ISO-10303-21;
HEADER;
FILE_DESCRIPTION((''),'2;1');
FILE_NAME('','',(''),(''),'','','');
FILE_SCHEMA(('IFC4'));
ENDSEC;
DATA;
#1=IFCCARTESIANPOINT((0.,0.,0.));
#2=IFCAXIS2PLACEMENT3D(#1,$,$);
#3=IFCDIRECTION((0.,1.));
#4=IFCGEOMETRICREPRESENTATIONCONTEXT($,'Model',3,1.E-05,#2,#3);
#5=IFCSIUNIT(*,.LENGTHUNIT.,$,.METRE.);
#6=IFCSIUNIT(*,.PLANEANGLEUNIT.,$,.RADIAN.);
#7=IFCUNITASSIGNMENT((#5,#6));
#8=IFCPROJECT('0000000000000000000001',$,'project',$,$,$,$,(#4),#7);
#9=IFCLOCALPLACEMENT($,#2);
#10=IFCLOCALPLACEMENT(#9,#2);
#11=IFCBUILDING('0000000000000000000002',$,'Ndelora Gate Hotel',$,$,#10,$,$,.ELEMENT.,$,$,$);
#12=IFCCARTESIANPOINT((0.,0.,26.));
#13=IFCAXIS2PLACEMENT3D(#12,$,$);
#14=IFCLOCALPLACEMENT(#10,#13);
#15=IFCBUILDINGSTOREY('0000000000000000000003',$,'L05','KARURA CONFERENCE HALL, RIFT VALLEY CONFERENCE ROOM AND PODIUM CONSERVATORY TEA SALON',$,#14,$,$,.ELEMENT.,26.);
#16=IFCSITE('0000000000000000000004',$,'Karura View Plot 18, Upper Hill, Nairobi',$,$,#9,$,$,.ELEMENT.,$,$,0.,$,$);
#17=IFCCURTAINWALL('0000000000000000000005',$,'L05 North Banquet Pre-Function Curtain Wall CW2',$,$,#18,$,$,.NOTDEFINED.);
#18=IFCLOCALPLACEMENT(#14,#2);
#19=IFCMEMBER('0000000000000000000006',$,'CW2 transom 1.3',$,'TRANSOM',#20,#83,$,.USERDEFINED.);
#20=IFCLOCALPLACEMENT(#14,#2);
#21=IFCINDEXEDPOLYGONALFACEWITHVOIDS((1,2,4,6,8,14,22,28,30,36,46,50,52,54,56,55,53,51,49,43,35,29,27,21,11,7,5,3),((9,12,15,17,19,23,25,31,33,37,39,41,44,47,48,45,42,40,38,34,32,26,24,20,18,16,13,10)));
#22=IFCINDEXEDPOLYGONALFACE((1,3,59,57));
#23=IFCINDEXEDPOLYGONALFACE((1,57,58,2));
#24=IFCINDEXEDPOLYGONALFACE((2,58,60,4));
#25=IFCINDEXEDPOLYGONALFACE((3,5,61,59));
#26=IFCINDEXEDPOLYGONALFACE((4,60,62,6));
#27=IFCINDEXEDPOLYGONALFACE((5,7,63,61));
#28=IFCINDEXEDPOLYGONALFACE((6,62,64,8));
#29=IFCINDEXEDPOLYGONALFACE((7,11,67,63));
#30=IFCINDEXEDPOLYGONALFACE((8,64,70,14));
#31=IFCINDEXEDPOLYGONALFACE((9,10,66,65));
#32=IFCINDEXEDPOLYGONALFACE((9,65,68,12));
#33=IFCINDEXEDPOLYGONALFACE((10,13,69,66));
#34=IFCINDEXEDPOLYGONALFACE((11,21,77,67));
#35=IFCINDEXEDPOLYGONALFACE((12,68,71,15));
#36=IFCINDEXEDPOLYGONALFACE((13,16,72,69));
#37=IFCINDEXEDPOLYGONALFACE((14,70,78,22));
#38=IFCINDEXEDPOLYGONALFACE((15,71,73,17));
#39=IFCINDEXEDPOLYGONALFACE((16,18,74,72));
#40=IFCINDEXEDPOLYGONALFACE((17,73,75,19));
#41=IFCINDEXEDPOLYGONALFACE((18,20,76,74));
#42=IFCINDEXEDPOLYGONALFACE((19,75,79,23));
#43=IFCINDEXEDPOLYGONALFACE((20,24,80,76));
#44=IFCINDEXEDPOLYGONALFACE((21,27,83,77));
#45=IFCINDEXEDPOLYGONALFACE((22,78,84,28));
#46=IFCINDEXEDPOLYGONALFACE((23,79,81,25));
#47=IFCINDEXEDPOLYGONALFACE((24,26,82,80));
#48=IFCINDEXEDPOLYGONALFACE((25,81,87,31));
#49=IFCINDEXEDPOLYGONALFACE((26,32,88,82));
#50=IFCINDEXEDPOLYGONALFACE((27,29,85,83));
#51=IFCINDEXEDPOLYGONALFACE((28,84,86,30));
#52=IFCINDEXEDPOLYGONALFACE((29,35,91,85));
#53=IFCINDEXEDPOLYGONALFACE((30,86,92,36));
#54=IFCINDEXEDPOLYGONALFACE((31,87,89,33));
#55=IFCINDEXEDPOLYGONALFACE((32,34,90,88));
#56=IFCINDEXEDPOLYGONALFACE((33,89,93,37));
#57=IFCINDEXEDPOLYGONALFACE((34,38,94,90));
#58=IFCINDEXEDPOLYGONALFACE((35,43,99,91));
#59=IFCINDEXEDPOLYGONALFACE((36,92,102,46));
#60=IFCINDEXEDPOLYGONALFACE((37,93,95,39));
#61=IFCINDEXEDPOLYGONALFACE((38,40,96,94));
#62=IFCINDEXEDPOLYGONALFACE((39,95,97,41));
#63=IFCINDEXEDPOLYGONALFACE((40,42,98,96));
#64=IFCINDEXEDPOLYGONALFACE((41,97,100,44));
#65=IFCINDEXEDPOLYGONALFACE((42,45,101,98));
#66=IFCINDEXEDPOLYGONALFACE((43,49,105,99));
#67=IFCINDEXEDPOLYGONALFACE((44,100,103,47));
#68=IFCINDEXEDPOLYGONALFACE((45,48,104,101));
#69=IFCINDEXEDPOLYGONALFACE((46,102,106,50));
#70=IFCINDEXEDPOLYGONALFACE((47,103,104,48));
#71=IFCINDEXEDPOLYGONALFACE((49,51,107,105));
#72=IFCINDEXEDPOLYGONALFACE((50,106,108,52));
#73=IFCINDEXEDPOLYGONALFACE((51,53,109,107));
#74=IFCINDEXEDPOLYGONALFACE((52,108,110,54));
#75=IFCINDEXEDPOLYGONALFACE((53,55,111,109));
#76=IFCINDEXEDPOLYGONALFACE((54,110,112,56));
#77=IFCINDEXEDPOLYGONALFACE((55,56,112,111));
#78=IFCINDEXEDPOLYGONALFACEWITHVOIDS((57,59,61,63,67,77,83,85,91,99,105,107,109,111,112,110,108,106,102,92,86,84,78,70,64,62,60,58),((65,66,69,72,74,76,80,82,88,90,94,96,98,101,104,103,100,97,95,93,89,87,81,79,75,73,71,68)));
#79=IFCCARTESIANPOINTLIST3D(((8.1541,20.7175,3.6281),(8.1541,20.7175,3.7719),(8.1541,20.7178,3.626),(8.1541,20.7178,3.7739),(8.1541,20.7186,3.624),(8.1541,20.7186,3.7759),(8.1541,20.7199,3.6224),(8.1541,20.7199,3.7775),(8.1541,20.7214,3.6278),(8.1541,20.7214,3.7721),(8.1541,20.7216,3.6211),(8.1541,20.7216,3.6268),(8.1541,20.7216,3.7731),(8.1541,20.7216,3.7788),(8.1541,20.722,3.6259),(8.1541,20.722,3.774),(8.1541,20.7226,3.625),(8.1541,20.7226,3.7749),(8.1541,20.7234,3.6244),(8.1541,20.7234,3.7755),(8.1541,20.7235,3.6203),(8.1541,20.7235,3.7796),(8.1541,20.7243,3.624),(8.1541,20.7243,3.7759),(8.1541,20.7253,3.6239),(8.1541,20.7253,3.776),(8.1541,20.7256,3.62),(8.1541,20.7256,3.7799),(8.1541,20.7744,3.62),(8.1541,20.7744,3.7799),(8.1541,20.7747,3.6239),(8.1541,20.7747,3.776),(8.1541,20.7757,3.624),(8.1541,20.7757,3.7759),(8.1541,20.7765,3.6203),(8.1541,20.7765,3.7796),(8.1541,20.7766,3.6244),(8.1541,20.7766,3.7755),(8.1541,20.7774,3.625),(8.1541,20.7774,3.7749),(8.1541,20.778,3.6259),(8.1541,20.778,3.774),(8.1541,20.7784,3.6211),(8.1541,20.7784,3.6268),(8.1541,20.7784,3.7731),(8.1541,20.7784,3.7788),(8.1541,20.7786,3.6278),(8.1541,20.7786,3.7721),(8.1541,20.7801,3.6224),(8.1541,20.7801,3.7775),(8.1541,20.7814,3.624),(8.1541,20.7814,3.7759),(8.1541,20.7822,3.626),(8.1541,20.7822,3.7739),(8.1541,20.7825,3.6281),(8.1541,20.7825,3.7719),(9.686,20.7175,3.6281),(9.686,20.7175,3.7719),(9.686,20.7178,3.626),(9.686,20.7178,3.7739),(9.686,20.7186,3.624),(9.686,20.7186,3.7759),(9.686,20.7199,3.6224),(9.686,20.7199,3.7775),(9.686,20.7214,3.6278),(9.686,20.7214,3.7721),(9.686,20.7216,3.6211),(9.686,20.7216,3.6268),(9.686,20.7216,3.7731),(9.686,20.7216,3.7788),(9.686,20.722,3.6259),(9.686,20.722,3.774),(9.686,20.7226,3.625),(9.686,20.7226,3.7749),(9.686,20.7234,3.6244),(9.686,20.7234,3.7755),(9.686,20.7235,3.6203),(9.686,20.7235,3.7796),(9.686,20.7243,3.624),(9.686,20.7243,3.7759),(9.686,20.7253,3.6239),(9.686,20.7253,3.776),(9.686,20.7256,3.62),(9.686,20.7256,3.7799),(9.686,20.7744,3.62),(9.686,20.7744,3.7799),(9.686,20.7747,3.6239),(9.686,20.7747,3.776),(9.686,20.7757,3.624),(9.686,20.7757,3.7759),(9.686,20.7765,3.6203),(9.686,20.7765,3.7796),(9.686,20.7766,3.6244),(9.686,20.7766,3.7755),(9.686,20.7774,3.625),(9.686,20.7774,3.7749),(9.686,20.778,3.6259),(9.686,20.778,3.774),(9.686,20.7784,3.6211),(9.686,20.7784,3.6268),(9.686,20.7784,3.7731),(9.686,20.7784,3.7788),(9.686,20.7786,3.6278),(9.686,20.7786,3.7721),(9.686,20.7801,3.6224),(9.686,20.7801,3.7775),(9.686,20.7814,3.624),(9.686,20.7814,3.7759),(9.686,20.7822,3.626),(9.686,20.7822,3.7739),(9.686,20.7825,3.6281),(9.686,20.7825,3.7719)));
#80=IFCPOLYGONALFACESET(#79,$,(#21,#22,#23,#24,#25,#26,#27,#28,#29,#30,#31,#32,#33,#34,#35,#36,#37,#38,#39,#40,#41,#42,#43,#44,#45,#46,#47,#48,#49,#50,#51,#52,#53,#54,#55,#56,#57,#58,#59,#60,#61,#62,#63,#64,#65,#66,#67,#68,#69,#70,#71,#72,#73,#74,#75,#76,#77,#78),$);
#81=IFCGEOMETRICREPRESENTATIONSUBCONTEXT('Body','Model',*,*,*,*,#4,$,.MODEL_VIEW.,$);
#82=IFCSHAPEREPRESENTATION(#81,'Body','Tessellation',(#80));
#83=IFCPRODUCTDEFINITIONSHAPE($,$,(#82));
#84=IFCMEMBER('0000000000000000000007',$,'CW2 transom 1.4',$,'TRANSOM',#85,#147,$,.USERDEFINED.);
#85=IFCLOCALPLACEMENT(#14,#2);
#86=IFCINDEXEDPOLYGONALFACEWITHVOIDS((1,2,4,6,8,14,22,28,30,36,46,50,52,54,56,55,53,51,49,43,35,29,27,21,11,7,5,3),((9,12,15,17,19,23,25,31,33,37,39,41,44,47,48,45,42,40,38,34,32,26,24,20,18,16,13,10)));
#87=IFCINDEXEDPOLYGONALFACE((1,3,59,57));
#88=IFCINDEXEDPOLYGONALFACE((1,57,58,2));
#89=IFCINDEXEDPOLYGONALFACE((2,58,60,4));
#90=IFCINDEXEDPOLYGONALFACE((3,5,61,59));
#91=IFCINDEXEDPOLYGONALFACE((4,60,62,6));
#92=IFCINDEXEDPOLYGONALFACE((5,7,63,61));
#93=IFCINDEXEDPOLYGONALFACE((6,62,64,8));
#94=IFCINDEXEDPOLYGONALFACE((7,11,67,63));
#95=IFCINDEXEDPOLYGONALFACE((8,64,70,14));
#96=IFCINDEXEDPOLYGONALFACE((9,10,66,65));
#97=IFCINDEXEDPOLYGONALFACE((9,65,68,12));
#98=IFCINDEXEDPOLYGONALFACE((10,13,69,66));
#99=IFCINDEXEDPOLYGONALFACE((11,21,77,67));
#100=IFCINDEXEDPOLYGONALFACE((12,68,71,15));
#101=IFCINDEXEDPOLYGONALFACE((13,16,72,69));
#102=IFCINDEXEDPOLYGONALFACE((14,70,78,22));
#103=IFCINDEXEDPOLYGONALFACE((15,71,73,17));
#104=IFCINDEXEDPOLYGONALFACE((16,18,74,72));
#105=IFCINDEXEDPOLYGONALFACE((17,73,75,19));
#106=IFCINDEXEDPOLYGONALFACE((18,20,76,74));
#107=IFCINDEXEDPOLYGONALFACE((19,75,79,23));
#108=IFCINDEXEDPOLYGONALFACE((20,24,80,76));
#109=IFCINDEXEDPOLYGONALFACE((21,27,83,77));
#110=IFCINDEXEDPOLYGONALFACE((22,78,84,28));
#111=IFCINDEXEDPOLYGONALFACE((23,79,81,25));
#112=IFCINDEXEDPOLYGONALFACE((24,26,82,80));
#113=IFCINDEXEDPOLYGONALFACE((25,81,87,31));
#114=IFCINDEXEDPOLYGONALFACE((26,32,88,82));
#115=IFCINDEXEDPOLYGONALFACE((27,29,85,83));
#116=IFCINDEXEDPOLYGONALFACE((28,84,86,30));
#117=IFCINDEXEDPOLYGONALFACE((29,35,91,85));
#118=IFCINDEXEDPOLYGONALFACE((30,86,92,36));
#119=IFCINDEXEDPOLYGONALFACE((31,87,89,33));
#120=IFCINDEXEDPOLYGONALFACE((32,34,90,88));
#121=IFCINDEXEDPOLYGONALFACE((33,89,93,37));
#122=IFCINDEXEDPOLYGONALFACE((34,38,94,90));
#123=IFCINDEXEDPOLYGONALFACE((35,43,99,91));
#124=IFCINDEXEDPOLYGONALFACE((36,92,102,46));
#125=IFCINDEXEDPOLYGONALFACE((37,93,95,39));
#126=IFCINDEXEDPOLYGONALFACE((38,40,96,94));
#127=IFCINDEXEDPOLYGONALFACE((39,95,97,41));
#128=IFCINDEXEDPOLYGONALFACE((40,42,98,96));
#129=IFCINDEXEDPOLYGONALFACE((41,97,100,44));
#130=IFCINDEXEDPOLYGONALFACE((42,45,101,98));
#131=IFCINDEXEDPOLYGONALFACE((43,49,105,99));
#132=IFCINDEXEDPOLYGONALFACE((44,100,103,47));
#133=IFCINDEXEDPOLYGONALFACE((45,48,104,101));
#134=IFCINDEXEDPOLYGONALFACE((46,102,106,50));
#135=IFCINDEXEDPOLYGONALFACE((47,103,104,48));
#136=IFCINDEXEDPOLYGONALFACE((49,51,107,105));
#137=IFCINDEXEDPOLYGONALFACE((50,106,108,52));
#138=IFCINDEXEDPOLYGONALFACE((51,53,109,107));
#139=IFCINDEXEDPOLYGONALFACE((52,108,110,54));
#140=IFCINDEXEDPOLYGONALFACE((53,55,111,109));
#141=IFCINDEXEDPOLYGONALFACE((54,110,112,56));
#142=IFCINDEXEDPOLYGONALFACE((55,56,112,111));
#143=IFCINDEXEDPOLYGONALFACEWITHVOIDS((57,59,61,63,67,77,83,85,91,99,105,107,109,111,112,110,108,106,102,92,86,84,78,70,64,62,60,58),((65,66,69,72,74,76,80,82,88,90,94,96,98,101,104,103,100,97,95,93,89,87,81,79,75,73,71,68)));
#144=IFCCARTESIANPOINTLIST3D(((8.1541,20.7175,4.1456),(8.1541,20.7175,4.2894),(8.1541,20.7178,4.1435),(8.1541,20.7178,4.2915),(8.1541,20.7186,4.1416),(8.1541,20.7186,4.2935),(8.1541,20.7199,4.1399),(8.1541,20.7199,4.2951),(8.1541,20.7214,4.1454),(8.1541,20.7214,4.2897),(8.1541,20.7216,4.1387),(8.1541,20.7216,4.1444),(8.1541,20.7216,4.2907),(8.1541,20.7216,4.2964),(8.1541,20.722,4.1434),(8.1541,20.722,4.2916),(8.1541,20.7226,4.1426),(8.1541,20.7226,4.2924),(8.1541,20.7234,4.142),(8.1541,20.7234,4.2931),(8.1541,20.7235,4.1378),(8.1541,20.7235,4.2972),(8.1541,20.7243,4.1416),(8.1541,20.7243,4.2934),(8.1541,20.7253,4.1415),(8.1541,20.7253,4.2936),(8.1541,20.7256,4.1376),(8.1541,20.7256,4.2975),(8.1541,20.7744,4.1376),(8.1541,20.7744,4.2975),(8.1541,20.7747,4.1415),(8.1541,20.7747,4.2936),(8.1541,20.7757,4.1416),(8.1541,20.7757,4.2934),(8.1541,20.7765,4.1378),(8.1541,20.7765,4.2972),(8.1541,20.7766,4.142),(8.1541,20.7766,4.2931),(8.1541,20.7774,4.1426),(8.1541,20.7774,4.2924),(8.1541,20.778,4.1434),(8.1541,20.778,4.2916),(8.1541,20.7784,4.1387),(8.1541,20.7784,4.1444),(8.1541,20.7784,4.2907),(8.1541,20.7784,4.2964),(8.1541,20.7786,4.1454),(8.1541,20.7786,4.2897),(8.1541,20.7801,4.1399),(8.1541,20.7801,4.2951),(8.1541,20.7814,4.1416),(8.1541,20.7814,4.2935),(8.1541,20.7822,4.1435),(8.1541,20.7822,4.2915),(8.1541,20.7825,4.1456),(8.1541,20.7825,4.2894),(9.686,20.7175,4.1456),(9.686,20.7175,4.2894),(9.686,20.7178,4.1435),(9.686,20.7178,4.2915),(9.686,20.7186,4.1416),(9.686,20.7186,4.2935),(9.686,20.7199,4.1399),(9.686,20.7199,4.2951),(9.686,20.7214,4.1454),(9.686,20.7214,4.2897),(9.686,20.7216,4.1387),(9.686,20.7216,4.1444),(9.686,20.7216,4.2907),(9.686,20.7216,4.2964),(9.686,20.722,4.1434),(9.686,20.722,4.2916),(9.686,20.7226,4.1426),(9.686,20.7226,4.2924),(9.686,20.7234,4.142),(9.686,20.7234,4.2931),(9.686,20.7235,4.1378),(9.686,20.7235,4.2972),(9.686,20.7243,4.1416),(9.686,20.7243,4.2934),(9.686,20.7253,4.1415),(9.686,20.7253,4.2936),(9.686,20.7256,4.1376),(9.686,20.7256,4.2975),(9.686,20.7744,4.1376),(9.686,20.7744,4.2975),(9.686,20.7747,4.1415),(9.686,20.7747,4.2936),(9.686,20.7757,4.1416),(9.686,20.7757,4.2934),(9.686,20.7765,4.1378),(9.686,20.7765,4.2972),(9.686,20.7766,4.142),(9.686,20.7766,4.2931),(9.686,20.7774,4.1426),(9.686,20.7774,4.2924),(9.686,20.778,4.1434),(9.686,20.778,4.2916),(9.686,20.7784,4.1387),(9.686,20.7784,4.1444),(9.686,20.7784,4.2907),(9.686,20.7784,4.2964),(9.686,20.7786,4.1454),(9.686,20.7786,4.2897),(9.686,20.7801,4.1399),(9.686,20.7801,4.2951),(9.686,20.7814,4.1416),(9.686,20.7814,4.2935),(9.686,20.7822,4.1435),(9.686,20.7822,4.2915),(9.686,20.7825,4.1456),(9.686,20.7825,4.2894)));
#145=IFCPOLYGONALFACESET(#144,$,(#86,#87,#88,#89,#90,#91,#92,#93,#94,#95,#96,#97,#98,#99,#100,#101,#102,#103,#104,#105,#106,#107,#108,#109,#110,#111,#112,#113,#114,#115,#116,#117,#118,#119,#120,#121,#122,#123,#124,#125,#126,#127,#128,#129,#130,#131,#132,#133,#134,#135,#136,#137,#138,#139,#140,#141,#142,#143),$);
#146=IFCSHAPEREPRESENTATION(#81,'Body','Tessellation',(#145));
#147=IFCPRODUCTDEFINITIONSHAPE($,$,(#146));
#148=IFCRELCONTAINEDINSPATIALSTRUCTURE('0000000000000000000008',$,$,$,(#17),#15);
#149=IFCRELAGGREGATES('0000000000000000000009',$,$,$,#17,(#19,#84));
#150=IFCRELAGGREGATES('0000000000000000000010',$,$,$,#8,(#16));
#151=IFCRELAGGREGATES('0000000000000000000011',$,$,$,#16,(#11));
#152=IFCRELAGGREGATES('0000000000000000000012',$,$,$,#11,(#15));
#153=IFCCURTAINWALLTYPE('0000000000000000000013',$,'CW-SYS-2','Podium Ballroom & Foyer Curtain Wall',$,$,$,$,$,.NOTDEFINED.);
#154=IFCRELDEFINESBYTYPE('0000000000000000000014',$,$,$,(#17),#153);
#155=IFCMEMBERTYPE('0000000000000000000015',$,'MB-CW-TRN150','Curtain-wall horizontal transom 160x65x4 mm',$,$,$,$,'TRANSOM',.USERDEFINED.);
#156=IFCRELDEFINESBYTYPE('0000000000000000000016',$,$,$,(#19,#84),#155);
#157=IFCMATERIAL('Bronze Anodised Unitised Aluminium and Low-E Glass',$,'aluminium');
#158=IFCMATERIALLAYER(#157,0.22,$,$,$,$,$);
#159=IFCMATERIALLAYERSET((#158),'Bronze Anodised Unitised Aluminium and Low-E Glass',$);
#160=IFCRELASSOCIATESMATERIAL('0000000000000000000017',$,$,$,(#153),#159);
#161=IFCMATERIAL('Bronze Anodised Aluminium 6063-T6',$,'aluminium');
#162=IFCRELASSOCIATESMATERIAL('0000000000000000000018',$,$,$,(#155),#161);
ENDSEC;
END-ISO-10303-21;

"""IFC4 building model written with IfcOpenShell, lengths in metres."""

from ifc_helpers import new_model, si_unit, direction, frame, origin, origin_2d, place, context, subcontext, project, spatial, hollow_rectangle, extrude, material, layer, layer_set, material_profile, profile_set, type_object, element, aggregate, save


model = new_model("IFC4")

# Units and contexts
model_context = context("Model", 3, precision=1e-05, world=origin(), true_north=direction((0.0, 1.0)))
body_context = subcontext(model_context, "Body", "Model", "MODEL_VIEW")
ifc_project = project(units=[si_unit("LENGTHUNIT", "METRE"), si_unit("PLANEANGLEUNIT", "RADIAN")], contexts=[model_context])

# Site, building, storey
site_placement = place(None, origin())
site = spatial("IfcSite", under=ifc_project, at=site_placement, Name="Karura View Plot 18, Upper Hill, Nairobi", CompositionType="ELEMENT", RefElevation=0.0)
building_placement = place(site_placement, origin())
building = spatial("IfcBuilding", under=site, at=building_placement, Name="Ndelora Gate Hotel", CompositionType="ELEMENT")
storey_placement = place(building_placement, frame((0.0, 0.0, 26.0)))
storey = spatial("IfcBuildingStorey", under=building, at=storey_placement, Name="L05", Description="KARURA CONFERENCE HALL, RIFT VALLEY CONFERENCE ROOM AND PODIUM CONSERVATORY TEA SALON", CompositionType="ELEMENT", Elevation=26.0)

# Curtain wall, members
ifc_material_1 = material(Name="Bronze Anodised Unitised Aluminium and Low-E Glass", Category="aluminium")
ifc_layer_1 = layer(ifc_material_1, 0.22)
ifc_layer_set_1 = layer_set([ifc_layer_1], Name="Bronze Anodised Unitised Aluminium and Low-E Glass")
curtain_wall_type = type_object("IfcCurtainWallType", Name="CW-SYS-2", Description="Podium Ballroom & Foyer Curtain Wall", PredefinedType="NOTDEFINED", material=ifc_layer_set_1)
curtain_wall_placement = place(storey_placement, origin())
curtain_wall = element("IfcCurtainWall", 1, at=curtain_wall_placement, inside=storey, type_object=curtain_wall_type, Name="L05 North Banquet Pre-Function Curtain Wall CW2", PredefinedType="NOTDEFINED")
ifc_material_2 = material(Name="Bronze Anodised Aluminium 6063-T6", Category="aluminium")
ifc_material_profile_1 = material_profile(ifc_material_2, hollow_rectangle(XDim=0.0649, YDim=0.1599, WallThickness=0.0039, InnerFilletRadius=0.0039, OuterFilletRadius=0.0081, at=origin_2d()), Name="ALU 160x65x4")
ifc_profile_set_1 = profile_set([ifc_material_profile_1], Name="Bronze Anodised Aluminium 6063-T6")
member_type_1 = type_object("IfcMemberType", Name="MB-CW-TRN150", Description="Curtain-wall horizontal transom 160x65x4 mm", ElementType="TRANSOM", PredefinedType="USERDEFINED", material=ifc_profile_set_1)
member_1_placement = place(storey_placement, frame((9.686, 20.75, 3.7), z_axis=(-1.0, 0.0, 0.0), x_axis=(0.0, -1.0, 0.0)))
member_1 = element("IfcMember", 2, at=member_1_placement, type_object=member_type_1, Name="CW2 transom 1.3", ObjectType="TRANSOM", PredefinedType="USERDEFINED", context=body_context, shape_type="SweptSolid", body=[
    extrude(hollow_rectangle(XDim=0.0649, YDim=0.1599, WallThickness=0.0039, InnerFilletRadius=0.0039, OuterFilletRadius=0.0081, at=origin_2d()), origin(), (0.0, 0.0, 1.0), 1.532),
])
member_2_placement = place(storey_placement, frame((9.686, 20.75, 4.2175), z_axis=(-1.0, 0.0, 0.0), x_axis=(0.0, -1.0, 0.0)))
member_2 = element("IfcMember", 3, at=member_2_placement, type_object=member_type_1, Name="CW2 transom 1.4", ObjectType="TRANSOM", PredefinedType="USERDEFINED", context=body_context, shape_type="SweptSolid", body=[
    extrude(hollow_rectangle(XDim=0.0649, YDim=0.1599, WallThickness=0.0039, InnerFilletRadius=0.0039, OuterFilletRadius=0.0081, at=origin_2d()), origin(), (0.0, 0.0, 1.0), 1.532),
])
aggregate(curtain_wall, [member_1, member_2])

save(model, "model.ifc")
